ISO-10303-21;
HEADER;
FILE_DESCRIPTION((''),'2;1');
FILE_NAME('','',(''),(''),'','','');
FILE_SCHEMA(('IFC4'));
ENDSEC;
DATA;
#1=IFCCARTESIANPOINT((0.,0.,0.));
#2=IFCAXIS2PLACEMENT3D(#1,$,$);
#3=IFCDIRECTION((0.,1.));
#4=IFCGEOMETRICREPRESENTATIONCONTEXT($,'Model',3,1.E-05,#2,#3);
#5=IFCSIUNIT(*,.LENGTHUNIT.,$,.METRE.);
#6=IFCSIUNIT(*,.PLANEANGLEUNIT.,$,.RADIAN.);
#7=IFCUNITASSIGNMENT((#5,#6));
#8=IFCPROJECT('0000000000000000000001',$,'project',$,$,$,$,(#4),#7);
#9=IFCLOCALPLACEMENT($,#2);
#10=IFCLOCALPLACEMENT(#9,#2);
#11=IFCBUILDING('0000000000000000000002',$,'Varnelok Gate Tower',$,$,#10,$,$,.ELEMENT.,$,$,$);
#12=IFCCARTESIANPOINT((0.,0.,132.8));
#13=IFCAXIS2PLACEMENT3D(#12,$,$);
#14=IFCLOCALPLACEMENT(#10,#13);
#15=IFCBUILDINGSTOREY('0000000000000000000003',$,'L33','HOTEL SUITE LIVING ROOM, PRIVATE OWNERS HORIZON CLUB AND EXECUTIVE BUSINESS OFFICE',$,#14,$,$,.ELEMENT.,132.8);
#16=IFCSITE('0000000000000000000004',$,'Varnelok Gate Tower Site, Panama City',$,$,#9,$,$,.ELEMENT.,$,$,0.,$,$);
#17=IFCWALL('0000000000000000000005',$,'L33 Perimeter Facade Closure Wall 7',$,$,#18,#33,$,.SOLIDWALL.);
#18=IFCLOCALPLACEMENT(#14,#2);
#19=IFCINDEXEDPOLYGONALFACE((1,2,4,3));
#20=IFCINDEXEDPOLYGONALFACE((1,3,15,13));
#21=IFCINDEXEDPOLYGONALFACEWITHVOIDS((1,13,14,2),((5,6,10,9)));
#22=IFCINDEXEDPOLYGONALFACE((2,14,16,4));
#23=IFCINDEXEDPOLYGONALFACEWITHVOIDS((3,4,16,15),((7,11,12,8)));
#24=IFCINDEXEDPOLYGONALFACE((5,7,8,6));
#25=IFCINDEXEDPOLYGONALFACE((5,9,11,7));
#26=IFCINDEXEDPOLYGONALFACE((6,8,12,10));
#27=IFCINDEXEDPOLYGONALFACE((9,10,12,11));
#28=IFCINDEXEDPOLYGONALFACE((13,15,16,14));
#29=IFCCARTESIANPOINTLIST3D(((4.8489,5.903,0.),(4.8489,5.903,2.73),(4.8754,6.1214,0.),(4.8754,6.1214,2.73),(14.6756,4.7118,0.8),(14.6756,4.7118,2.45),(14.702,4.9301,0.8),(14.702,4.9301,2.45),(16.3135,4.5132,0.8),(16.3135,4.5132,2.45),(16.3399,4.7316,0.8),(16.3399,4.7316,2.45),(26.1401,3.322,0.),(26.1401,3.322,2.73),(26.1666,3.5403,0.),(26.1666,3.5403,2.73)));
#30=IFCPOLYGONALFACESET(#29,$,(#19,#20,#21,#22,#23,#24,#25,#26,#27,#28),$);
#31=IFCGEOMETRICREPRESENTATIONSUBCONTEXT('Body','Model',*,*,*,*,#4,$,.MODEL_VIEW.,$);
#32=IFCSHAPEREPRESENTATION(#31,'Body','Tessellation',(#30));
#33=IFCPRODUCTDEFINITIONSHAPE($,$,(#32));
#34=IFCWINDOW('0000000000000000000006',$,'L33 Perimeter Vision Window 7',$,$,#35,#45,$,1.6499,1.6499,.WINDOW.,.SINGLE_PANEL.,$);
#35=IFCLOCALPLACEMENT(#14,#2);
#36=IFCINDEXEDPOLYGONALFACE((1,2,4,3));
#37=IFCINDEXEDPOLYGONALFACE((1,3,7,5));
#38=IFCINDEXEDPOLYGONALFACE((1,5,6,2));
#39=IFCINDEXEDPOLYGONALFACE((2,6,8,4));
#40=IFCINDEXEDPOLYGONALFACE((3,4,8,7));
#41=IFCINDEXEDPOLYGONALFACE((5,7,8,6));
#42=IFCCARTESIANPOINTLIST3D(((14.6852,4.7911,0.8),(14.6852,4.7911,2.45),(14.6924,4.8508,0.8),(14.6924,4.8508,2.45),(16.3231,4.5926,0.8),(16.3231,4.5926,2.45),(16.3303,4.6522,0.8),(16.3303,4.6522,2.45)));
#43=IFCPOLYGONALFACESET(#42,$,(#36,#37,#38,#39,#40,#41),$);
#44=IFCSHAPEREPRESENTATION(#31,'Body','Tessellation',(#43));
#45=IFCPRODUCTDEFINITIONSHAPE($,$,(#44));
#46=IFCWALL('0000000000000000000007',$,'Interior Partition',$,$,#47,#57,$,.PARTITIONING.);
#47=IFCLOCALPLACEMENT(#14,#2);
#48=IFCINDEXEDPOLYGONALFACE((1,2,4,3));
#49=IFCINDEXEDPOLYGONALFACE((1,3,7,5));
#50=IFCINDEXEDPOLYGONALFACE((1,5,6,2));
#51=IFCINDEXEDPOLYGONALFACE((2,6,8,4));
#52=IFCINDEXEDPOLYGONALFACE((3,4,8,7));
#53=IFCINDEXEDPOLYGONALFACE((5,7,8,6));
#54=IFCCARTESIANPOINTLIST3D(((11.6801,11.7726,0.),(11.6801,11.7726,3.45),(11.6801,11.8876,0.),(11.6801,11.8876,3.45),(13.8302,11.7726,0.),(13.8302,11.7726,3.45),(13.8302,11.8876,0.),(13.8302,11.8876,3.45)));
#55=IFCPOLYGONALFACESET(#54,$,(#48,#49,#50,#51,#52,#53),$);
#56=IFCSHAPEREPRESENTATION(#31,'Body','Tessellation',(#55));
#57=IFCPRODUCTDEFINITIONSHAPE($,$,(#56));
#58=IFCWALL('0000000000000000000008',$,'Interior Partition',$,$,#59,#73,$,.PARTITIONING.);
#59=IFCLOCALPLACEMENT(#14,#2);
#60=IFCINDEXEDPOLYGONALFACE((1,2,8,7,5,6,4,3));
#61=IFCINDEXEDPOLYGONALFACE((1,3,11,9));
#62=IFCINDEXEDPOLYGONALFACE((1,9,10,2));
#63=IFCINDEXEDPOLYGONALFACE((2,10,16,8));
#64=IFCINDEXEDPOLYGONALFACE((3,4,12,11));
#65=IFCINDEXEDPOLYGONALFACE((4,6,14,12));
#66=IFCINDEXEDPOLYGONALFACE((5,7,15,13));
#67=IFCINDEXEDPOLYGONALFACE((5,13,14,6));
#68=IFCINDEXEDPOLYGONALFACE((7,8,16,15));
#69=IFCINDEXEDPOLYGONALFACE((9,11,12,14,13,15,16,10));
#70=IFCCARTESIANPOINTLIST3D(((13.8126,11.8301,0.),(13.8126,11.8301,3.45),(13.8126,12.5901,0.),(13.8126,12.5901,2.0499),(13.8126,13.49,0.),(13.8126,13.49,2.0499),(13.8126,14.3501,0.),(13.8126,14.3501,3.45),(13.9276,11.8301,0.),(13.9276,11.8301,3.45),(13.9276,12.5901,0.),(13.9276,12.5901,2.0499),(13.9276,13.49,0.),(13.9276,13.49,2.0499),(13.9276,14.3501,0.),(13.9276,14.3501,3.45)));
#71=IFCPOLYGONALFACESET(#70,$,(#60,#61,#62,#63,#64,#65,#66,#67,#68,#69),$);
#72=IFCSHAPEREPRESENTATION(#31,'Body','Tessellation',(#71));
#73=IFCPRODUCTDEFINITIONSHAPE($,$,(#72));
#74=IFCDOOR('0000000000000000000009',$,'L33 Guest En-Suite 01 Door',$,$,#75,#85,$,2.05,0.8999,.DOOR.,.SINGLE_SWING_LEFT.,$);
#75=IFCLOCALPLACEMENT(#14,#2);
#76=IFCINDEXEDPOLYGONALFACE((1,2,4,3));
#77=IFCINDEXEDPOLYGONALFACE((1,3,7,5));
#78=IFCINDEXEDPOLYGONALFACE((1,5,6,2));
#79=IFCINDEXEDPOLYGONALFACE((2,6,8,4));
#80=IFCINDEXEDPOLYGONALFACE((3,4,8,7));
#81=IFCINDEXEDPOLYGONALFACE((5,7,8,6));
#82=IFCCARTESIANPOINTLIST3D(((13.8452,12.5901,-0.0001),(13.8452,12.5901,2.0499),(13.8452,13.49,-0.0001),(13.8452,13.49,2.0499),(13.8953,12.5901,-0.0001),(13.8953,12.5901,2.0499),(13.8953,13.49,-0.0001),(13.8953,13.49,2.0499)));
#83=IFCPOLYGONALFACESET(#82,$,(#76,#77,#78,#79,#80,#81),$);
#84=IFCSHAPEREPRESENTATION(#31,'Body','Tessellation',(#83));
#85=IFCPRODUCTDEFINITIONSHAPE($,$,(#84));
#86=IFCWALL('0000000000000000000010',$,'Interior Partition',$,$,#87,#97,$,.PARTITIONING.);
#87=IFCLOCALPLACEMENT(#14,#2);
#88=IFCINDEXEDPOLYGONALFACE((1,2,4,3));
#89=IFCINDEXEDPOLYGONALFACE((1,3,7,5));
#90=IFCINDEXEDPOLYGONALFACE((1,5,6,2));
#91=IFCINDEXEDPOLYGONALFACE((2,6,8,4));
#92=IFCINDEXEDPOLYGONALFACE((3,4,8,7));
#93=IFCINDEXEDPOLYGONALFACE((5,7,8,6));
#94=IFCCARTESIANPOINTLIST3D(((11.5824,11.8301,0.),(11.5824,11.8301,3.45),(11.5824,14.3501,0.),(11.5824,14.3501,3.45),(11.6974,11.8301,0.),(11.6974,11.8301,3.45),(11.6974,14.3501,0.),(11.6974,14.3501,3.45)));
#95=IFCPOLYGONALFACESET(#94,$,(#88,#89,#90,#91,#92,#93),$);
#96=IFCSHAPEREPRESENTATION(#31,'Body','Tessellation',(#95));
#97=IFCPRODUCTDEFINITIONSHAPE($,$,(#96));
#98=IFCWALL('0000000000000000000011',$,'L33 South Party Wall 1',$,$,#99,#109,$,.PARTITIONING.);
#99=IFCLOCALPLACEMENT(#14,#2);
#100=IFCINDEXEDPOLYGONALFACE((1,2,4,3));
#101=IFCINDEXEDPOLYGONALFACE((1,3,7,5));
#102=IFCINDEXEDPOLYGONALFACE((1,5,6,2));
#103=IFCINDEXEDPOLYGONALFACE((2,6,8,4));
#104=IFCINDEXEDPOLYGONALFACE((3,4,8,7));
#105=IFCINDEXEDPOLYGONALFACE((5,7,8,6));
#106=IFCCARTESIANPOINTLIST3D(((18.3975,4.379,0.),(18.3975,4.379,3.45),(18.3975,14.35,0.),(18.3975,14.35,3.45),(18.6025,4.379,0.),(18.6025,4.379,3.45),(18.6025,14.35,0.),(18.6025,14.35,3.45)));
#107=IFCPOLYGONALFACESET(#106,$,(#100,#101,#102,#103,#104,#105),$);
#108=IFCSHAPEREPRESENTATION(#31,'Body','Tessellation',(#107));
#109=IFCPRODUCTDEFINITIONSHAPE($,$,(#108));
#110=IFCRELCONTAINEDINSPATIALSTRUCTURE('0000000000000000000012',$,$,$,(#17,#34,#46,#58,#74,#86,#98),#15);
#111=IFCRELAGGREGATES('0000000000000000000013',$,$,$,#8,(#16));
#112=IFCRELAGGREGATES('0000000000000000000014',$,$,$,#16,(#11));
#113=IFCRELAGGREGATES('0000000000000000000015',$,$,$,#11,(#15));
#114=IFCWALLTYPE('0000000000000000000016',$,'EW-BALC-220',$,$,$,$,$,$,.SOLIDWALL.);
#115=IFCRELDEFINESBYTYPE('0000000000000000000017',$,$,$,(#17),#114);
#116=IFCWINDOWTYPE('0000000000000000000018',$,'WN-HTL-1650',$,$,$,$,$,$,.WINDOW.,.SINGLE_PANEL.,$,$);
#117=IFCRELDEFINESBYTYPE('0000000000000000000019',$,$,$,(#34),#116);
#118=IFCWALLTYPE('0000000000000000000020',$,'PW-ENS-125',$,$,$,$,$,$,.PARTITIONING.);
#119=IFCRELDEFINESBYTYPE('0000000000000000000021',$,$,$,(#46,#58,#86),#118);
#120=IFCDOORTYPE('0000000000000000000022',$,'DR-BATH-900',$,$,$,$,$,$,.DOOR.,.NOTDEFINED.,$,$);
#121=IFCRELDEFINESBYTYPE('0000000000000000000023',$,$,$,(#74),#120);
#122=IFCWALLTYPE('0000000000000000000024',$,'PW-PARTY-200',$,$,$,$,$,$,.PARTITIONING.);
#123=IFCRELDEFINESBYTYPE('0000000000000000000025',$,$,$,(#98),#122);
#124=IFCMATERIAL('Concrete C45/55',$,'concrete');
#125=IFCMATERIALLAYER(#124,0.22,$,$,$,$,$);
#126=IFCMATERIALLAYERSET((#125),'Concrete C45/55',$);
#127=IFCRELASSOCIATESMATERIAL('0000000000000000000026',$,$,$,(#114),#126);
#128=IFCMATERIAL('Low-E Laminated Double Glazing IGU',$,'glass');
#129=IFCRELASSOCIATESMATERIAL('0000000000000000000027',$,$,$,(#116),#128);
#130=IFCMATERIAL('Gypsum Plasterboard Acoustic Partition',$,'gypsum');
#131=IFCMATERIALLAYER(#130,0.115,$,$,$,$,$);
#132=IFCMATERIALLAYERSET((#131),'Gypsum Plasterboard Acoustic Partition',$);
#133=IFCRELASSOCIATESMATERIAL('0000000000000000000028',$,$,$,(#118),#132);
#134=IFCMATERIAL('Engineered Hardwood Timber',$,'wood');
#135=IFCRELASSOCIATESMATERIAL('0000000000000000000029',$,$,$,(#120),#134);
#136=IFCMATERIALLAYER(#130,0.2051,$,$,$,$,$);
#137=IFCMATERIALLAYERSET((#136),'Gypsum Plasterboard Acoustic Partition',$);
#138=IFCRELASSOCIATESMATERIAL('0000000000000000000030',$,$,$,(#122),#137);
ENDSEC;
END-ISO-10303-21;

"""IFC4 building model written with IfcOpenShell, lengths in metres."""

from ifc_helpers import new_model, si_unit, direction, frame, frame_2d, origin, place, context, subcontext, project, spatial, rectangle, extrude, material, layer, layer_set, type_object, element, fill, save


model = new_model("IFC4")

# Units and contexts
model_context = context("Model", 3, precision=1e-05, world=origin(), true_north=direction((0.0, 1.0)))
body_context = subcontext(model_context, "Body", "Model", "MODEL_VIEW")
ifc_project = project(units=[si_unit("LENGTHUNIT", "METRE"), si_unit("PLANEANGLEUNIT", "RADIAN")], contexts=[model_context])

# Site, building, storey
site_placement = place(None, origin())
site = spatial("IfcSite", under=ifc_project, at=site_placement, Name="Varnelok Gate Tower Site, Panama City", CompositionType="ELEMENT", RefElevation=0.0)
building_placement = place(site_placement, origin())
building = spatial("IfcBuilding", under=site, at=building_placement, Name="Varnelok Gate Tower", CompositionType="ELEMENT")
storey_placement = place(building_placement, frame((0.0, 0.0, 132.8)))
storey = spatial("IfcBuildingStorey", under=building, at=storey_placement, Name="L33", Description="HOTEL SUITE LIVING ROOM, PRIVATE OWNERS HORIZON CLUB AND EXECUTIVE BUSINESS OFFICE", CompositionType="ELEMENT", Elevation=132.8)

# Shared definitions
ifc_material_1 = material(Name="Concrete C45/55", Category="concrete")

# Shared definitions
ifc_layer_1 = layer(ifc_material_1, 0.22)
ifc_layer_set_1 = layer_set([ifc_layer_1], Name="Concrete C45/55")
wall_type_1 = type_object("IfcWallType", Name="EW-BALC-220", PredefinedType="SOLIDWALL", material=ifc_layer_set_1)

# Wall, opening, window
wall_1_placement = place(storey_placement, frame((4.8621, 6.0122, 0.0), z_axis=(0.0, 0.0, 1.0), x_axis=(0.992732, -0.120345, 0.0)))
wall_1 = element("IfcWall", 1, at=wall_1_placement, inside=storey, type_object=wall_type_1, Name="L33 Perimeter Facade Closure Wall 7", PredefinedType="SOLIDWALL", context=body_context, shape_type="SweptSolid", body=[
    extrude(rectangle(XDim=21.447, YDim=0.22, at=frame_2d((10.7236, 0.0))), origin(), (0.0, 0.0, 1.0), 2.73),
])
opening_1_placement = place(wall_1_placement, frame((9.8987, 0.0, 0.8)))
opening_1 = element("IfcOpeningElement", 2, at=opening_1_placement, cuts=wall_1, PredefinedType="OPENING", context=body_context, shape_type="SweptSolid", body=[
    extrude(rectangle(XDim=1.6499, YDim=1.6499, at=frame_2d((0.825, 0.825))), frame((0.0, 0.1199, 0.0), z_axis=(0.0, -1.0, 0.0), x_axis=(1.0, 0.0, 0.0)), (0.0, 0.0, 1.0), 0.24),
])
ifc_material_2 = material(Name="Low-E Laminated Double Glazing IGU", Category="glass")
window_type = type_object("IfcWindowType", Name="WN-HTL-1650", PartitioningType="SINGLE_PANEL", PredefinedType="WINDOW", material=ifc_material_2)
window_placement = place(opening_1_placement, origin())
window = element("IfcWindow", 3, at=window_placement, inside=storey, type_object=window_type, Name="L33 Perimeter Vision Window 7", OverallHeight=1.6499, OverallWidth=1.6499, PartitioningType="SINGLE_PANEL", PredefinedType="WINDOW", context=body_context, shape_type="SweptSolid", body=[
    extrude(rectangle(XDim=1.6499, YDim=1.6499, at=frame_2d((0.825, 0.825))), frame((0.0, 0.03, 0.0), z_axis=(0.0, -1.0, 0.0), x_axis=(1.0, 0.0, 0.0)), (0.0, 0.0, 1.0), 0.0601),
])
fill(opening_1, window)

# Wall
ifc_material_3 = material(Name="Gypsum Plasterboard Acoustic Partition", Category="gypsum")
ifc_layer_2 = layer(ifc_material_3, 0.115)
ifc_layer_set_2 = layer_set([ifc_layer_2], Name="Gypsum Plasterboard Acoustic Partition")
wall_type_2 = type_object("IfcWallType", Name="PW-ENS-125", PredefinedType="PARTITIONING", material=ifc_layer_set_2)
wall_2_placement = place(storey_placement, frame((11.6799, 11.8301, 0.0), z_axis=(0.0, 0.0, 1.0), x_axis=(1.0, 0.0, 0.0)))
element("IfcWall", 4, at=wall_2_placement, inside=storey, type_object=wall_type_2, Name="Interior Partition", PredefinedType="PARTITIONING", context=body_context, shape_type="SweptSolid", body=[
    extrude(rectangle(XDim=2.1501, YDim=0.115, at=frame_2d((1.0752, 0.0))), origin(), (0.0, 0.0, 1.0), 3.45),
])

# Wall, opening, door
wall_3_placement = place(storey_placement, frame((13.8701, 11.8301, 0.0), z_axis=(0.0, 0.0, 1.0), x_axis=(0.0, 1.0, 0.0)))
wall_3 = element("IfcWall", 5, at=wall_3_placement, inside=storey, type_object=wall_type_2, Name="Interior Partition", PredefinedType="PARTITIONING", context=body_context, shape_type="SweptSolid", body=[
    extrude(rectangle(XDim=2.52, YDim=0.115, at=frame_2d((1.26, 0.0))), origin(), (0.0, 0.0, 1.0), 3.45),
])
opening_2_placement = place(wall_3_placement, frame((0.76, 0.0, 0.0)))
opening_2 = element("IfcOpeningElement", 6, at=opening_2_placement, cuts=wall_3, PredefinedType="OPENING", context=body_context, shape_type="SweptSolid", body=[
    extrude(rectangle(XDim=0.8999, YDim=2.05, at=frame_2d((0.45, 1.0249))), frame((0.0, 0.0674, 0.0), z_axis=(0.0, -1.0, 0.0), x_axis=(1.0, 0.0, 0.0)), (0.0, 0.0, 1.0), 0.135),
])
ifc_material_4 = material(Name="Engineered Hardwood Timber", Category="wood")
door_type = type_object("IfcDoorType", Name="DR-BATH-900", OperationType="NOTDEFINED", PredefinedType="DOOR", material=ifc_material_4)
door_placement = place(opening_2_placement, origin())
door = element("IfcDoor", 7, at=door_placement, inside=storey, type_object=door_type, Name="L33 Guest En-Suite 01 Door", OperationType="SINGLE_SWING_LEFT", OverallHeight=2.05, OverallWidth=0.8999, PredefinedType="DOOR", context=body_context, shape_type="SweptSolid", body=[
    extrude(rectangle(XDim=0.8999, YDim=2.05, at=frame_2d((0.45, 1.0249))), frame((0.0, 0.0249, 0.0), z_axis=(0.0, -1.0, 0.0), x_axis=(1.0, 0.0, 0.0)), (0.0, 0.0, 1.0), 0.05),
])
fill(opening_2, door)

# Walls
wall_4_placement = place(storey_placement, frame((11.6399, 11.8301, 0.0), z_axis=(0.0, 0.0, 1.0), x_axis=(0.0, 1.0, 0.0)))
element("IfcWall", 8, at=wall_4_placement, inside=storey, type_object=wall_type_2, Name="Interior Partition", PredefinedType="PARTITIONING", context=body_context, shape_type="SweptSolid", body=[
    extrude(rectangle(XDim=2.52, YDim=0.115, at=frame_2d((1.26, 0.0))), origin(), (0.0, 0.0, 1.0), 3.45),
])
ifc_layer_3 = layer(ifc_material_3, 0.2051)
ifc_layer_set_3 = layer_set([ifc_layer_3], Name="Gypsum Plasterboard Acoustic Partition")
wall_type_3 = type_object("IfcWallType", Name="PW-PARTY-200", PredefinedType="PARTITIONING", material=ifc_layer_set_3)
wall_5_placement = place(storey_placement, frame((18.5, 4.3792, 0.0), z_axis=(0.0, 0.0, 1.0), x_axis=(0.0, 1.0, 0.0)))
element("IfcWall", 9, at=wall_5_placement, inside=storey, type_object=wall_type_3, Name="L33 South Party Wall 1", PredefinedType="PARTITIONING", context=body_context, shape_type="SweptSolid", body=[
    extrude(rectangle(XDim=9.9709, YDim=0.2051, at=frame_2d((4.9854, 0.0))), origin(), (0.0, 0.0, 1.0), 3.45),
])

save(model, "model.ifc")
